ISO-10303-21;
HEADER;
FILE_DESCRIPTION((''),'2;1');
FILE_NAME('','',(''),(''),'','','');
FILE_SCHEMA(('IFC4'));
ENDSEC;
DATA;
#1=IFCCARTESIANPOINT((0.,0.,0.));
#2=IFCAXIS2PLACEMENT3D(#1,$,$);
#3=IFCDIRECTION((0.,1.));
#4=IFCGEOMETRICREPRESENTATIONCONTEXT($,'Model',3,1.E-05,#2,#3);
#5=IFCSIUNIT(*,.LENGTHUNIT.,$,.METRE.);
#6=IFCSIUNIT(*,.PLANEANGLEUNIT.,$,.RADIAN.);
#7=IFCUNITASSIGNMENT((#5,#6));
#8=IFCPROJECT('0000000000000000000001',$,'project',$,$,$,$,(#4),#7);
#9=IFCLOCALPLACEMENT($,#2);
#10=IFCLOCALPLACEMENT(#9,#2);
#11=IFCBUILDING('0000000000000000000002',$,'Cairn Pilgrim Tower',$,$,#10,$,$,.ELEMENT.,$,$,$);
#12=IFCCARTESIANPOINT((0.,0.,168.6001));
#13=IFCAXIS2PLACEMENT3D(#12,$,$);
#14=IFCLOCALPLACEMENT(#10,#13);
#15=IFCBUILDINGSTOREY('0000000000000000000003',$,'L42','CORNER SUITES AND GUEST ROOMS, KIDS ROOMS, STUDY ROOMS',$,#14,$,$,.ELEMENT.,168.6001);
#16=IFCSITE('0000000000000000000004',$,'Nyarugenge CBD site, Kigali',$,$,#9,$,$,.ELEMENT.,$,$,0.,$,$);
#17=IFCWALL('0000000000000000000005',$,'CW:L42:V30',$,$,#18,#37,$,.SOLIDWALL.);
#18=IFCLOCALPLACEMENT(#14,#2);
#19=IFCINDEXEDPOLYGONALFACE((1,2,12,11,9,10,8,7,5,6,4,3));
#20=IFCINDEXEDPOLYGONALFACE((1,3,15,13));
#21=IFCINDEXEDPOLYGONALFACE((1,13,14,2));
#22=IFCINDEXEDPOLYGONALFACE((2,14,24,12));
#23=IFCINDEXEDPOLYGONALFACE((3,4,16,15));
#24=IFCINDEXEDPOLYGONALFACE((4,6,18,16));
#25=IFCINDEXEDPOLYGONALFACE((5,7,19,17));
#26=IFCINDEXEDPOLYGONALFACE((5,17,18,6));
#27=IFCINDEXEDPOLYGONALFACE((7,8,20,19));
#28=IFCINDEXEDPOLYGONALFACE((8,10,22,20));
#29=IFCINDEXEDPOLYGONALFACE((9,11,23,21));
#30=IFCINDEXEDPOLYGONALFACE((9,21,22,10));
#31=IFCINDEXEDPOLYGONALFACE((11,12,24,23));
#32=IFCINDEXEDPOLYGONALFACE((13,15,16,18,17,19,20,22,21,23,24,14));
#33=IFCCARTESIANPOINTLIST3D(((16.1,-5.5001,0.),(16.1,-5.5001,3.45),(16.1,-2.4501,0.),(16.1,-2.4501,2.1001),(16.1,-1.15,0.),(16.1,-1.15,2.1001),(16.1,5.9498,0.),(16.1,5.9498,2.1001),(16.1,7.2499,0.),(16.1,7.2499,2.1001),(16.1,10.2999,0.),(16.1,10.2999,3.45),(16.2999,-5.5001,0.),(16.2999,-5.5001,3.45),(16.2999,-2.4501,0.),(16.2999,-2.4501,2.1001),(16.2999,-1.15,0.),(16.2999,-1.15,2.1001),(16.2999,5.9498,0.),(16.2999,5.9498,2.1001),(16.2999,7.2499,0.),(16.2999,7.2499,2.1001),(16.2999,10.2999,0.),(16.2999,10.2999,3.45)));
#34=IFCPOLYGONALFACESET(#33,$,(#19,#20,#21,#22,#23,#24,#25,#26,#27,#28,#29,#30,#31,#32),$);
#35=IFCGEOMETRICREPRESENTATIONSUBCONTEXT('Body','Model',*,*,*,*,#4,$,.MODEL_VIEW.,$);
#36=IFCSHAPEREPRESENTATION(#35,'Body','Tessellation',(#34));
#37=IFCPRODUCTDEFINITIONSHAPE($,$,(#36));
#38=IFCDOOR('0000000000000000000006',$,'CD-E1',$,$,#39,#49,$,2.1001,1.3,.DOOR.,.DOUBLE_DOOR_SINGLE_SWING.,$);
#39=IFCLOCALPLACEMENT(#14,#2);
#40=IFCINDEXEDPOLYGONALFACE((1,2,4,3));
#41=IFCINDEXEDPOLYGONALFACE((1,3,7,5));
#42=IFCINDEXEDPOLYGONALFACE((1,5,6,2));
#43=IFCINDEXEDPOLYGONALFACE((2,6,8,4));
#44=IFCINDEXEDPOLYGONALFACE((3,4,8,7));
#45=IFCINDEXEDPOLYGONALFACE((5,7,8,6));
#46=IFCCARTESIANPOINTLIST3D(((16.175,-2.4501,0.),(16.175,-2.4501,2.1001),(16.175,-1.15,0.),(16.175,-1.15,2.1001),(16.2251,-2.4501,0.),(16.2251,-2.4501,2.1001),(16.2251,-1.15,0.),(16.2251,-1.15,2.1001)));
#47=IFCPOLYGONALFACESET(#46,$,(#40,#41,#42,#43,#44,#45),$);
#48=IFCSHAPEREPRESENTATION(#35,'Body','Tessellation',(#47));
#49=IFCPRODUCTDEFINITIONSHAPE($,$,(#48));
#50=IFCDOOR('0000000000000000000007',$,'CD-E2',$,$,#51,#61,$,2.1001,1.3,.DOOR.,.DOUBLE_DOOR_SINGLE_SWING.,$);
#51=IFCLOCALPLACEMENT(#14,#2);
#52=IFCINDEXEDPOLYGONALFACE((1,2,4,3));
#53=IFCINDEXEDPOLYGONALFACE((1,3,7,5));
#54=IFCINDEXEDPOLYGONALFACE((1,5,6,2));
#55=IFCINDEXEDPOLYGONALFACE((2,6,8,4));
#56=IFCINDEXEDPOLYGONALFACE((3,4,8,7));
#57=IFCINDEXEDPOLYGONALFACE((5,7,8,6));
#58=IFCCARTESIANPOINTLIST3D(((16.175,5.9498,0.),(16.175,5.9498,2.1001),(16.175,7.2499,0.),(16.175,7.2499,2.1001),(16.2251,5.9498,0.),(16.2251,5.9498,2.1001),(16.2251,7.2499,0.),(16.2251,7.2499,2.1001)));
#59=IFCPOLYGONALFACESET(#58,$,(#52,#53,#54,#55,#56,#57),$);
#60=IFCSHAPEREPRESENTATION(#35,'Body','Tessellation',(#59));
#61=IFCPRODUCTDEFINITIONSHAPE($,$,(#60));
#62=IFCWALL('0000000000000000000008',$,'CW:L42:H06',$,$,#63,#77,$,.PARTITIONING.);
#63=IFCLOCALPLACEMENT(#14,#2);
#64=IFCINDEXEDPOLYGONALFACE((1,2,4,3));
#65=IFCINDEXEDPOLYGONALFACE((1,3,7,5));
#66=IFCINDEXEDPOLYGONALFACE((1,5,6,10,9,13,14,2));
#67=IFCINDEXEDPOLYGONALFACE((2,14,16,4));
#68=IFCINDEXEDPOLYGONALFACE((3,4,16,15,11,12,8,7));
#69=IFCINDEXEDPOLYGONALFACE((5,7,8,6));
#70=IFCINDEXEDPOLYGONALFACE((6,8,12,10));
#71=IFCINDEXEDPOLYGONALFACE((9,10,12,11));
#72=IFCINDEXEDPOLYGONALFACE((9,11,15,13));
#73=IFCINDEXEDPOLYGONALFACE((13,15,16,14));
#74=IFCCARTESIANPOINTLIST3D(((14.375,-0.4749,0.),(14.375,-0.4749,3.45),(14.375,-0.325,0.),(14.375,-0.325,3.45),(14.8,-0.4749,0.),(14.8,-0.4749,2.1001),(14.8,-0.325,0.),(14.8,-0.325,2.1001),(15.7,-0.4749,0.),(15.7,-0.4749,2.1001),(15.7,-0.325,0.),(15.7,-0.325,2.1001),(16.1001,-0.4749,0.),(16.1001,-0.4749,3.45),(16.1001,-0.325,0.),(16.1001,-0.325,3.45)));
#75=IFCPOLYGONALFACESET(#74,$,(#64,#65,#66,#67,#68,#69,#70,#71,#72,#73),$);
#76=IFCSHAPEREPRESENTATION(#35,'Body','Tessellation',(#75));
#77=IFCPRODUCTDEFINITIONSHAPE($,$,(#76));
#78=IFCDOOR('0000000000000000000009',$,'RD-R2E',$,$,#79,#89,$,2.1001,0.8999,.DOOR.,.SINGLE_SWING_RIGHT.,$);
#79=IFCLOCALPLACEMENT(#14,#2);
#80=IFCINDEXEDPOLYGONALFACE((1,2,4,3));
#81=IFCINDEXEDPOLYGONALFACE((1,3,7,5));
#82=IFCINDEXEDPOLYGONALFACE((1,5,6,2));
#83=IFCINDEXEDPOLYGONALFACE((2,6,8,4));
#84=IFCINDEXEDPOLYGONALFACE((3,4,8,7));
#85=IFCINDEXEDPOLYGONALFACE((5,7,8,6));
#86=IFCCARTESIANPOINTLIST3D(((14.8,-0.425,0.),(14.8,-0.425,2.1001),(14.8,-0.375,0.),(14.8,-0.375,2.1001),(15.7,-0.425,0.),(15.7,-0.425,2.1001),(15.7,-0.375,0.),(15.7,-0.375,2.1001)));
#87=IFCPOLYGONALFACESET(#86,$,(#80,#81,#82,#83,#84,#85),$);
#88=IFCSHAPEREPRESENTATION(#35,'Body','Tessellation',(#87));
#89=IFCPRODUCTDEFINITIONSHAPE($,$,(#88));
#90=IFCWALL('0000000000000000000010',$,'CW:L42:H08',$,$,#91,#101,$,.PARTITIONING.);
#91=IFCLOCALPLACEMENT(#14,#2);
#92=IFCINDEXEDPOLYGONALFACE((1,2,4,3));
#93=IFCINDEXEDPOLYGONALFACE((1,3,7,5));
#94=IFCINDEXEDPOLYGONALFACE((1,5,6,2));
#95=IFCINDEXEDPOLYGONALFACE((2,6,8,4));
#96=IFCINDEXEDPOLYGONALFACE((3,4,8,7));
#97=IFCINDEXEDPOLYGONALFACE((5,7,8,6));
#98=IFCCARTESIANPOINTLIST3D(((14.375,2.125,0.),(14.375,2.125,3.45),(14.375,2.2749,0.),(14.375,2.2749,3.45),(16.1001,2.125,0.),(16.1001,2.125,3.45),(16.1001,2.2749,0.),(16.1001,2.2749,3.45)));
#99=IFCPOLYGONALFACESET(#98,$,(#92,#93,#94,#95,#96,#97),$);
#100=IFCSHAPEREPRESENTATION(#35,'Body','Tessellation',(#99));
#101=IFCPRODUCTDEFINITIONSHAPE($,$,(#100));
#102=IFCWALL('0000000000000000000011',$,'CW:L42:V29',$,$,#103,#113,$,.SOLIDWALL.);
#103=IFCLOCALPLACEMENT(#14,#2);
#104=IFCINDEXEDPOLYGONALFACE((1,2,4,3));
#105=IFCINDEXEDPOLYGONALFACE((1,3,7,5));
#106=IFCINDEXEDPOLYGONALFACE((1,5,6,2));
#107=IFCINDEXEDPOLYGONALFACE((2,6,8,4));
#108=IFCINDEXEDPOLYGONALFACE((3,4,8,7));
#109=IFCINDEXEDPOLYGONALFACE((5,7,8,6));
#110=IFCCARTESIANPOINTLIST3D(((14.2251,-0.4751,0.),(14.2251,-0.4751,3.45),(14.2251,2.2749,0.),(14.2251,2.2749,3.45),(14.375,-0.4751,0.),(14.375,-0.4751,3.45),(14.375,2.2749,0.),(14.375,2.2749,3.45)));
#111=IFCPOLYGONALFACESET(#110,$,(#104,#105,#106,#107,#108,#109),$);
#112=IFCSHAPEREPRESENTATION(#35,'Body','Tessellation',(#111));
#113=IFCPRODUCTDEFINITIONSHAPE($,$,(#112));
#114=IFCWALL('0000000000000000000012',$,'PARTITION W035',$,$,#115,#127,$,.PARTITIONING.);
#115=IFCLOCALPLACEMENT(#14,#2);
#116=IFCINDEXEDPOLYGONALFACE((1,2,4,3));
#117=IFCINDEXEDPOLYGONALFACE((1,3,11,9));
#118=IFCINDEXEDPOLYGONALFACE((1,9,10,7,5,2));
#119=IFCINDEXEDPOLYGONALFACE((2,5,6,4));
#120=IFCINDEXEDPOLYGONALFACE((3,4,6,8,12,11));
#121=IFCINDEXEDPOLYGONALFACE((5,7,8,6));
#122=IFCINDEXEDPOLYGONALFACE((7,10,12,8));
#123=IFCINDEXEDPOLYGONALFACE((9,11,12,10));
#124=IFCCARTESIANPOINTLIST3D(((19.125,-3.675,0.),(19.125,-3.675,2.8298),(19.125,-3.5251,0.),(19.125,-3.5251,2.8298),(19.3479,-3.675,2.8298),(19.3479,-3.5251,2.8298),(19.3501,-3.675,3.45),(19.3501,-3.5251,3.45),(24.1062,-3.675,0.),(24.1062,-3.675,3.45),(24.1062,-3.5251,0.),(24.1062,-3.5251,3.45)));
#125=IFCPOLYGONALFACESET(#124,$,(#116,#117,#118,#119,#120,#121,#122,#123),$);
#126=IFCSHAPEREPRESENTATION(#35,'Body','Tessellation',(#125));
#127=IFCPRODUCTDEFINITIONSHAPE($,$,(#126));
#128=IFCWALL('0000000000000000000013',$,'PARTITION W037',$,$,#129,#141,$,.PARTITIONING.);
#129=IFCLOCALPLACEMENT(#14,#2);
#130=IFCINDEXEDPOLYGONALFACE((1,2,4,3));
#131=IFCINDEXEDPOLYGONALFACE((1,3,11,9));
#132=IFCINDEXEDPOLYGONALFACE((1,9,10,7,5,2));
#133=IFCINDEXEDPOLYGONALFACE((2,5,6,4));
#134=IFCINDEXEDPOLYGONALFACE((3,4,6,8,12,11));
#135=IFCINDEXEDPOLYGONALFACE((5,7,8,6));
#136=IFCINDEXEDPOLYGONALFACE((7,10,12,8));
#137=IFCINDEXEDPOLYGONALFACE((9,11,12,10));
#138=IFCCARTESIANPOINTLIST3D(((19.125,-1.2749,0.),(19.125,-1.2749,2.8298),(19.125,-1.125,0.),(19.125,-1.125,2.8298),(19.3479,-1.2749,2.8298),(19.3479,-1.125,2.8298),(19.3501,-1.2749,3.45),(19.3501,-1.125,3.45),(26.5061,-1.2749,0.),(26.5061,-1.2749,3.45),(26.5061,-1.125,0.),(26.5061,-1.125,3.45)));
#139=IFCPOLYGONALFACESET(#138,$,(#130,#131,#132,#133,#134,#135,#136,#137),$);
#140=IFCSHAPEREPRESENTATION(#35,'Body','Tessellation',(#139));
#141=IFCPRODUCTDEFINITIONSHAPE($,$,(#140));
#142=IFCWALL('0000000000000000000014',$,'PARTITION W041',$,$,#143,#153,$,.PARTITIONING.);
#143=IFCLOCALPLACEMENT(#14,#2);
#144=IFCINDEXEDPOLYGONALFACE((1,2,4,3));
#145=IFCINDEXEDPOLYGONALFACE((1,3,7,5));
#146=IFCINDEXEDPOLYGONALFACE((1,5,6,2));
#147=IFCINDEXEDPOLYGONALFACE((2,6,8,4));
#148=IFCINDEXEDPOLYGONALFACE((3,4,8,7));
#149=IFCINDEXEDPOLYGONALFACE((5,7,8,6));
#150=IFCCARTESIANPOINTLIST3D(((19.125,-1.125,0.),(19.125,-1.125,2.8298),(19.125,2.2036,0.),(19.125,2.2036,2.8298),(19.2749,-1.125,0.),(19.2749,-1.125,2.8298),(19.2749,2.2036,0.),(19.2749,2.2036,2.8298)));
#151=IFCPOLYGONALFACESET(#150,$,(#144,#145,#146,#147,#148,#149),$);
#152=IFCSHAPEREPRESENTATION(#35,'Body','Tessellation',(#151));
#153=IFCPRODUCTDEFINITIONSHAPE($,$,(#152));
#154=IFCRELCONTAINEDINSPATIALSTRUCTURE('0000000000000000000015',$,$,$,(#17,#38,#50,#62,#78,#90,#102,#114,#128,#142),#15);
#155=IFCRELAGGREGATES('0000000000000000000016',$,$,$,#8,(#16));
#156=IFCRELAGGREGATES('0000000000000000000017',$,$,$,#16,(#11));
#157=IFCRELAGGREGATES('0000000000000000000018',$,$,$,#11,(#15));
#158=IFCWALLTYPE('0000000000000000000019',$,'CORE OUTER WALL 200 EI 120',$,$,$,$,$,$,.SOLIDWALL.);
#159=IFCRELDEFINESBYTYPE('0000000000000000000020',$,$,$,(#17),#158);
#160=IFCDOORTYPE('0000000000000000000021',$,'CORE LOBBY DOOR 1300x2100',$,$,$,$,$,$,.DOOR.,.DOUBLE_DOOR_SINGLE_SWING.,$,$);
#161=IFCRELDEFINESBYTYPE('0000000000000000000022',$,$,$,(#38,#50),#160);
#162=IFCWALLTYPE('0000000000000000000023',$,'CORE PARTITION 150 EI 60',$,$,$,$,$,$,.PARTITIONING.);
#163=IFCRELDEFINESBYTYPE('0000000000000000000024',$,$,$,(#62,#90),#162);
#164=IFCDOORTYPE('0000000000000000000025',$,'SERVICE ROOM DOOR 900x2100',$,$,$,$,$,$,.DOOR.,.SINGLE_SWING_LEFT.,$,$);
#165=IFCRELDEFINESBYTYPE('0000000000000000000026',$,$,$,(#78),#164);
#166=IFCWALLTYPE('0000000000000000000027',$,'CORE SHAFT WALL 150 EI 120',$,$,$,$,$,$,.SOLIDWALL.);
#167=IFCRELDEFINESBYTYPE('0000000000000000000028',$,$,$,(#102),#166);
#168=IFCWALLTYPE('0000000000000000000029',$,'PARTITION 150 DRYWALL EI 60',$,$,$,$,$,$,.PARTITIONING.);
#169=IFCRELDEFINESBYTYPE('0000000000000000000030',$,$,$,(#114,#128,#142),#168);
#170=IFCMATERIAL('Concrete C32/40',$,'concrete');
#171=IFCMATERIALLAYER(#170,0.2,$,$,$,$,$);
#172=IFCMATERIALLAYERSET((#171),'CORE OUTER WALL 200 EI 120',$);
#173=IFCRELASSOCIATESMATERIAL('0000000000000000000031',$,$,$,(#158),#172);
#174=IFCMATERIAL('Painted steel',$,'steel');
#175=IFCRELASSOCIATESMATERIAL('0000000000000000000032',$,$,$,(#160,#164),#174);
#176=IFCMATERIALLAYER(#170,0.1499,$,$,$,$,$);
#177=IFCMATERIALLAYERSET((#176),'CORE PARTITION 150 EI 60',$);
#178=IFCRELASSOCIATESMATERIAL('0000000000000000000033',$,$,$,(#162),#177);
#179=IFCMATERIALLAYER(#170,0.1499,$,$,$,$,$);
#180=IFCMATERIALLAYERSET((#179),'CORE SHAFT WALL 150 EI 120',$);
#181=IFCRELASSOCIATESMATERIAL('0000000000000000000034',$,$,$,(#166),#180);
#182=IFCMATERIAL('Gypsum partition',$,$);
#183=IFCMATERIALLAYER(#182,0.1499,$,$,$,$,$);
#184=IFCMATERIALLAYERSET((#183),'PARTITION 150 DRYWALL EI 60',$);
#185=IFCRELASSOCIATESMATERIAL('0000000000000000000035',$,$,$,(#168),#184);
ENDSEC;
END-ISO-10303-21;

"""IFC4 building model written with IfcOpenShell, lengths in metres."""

from ifc_helpers import new_model, si_unit, direction, frame, frame_2d, origin, place, context, subcontext, project, spatial, polyline, rectangle, outline, extrude, material, layer, layer_set, type_object, element, fill, save


model = new_model("IFC4")

# Units and contexts
model_context = context("Model", 3, precision=1e-05, world=origin(), true_north=direction((0.0, 1.0)))
body_context = subcontext(model_context, "Body", "Model", "MODEL_VIEW")
ifc_project = project(units=[si_unit("LENGTHUNIT", "METRE"), si_unit("PLANEANGLEUNIT", "RADIAN")], contexts=[model_context])

# Site, building, storey
site_placement = place(None, origin())
site = spatial("IfcSite", under=ifc_project, at=site_placement, Name="Nyarugenge CBD site, Kigali", CompositionType="ELEMENT", RefElevation=0.0)
building_placement = place(site_placement, origin())
building = spatial("IfcBuilding", under=site, at=building_placement, Name="Cairn Pilgrim Tower", CompositionType="ELEMENT")
storey_placement = place(building_placement, frame((0.0, 0.0, 168.6001)))
storey = spatial("IfcBuildingStorey", under=building, at=storey_placement, Name="L42", Description="CORNER SUITES AND GUEST ROOMS, KIDS ROOMS, STUDY ROOMS", CompositionType="ELEMENT", Elevation=168.6001)

# Wall, openings, doors
ifc_material_1 = material(Name="Concrete C32/40", Category="concrete")
ifc_layer_1 = layer(ifc_material_1, 0.2)
ifc_layer_set_1 = layer_set([ifc_layer_1], Name="CORE OUTER WALL 200 EI 120")
wall_type_1 = type_object("IfcWallType", Name="CORE OUTER WALL 200 EI 120", PredefinedType="SOLIDWALL", material=ifc_layer_set_1)
wall_1_placement = place(storey_placement, frame((16.2, -5.5, 0.0), z_axis=(0.0, 0.0, 1.0), x_axis=(0.0, 1.0, 0.0)))
wall_1 = element("IfcWall", 1, at=wall_1_placement, inside=storey, type_object=wall_type_1, Name="CW:L42:V30", PredefinedType="SOLIDWALL", context=body_context, shape_type="SweptSolid", body=[
    extrude(rectangle(XDim=15.8, YDim=0.2, at=frame_2d((7.8999, 0.0))), origin(), (0.0, 0.0, 1.0), 3.45),
])
opening_1_placement = place(wall_1_placement, frame((3.05, 0.0, 0.0)))
opening_1 = element("IfcOpeningElement", 2, at=opening_1_placement, cuts=wall_1, PredefinedType="OPENING", context=body_context, shape_type="SweptSolid", body=[
    extrude(rectangle(XDim=1.3, YDim=2.1001, at=frame_2d((0.6499, 1.05))), frame((0.0, 0.1099, 0.0), z_axis=(0.0, -1.0, 0.0), x_axis=(1.0, 0.0, 0.0)), (0.0, 0.0, 1.0), 0.22),
])
opening_2_placement = place(wall_1_placement, frame((11.45, 0.0, 0.0)))
opening_2 = element("IfcOpeningElement", 3, at=opening_2_placement, cuts=wall_1, PredefinedType="OPENING", context=body_context, shape_type="SweptSolid", body=[
    extrude(rectangle(XDim=1.3, YDim=2.1001, at=frame_2d((0.6499, 1.05))), frame((0.0, 0.1099, 0.0), z_axis=(0.0, -1.0, 0.0), x_axis=(1.0, 0.0, 0.0)), (0.0, 0.0, 1.0), 0.22),
])
ifc_material_2 = material(Name="Painted steel", Category="steel")
door_type_1 = type_object("IfcDoorType", Name="CORE LOBBY DOOR 1300x2100", OperationType="DOUBLE_DOOR_SINGLE_SWING", PredefinedType="DOOR", material=ifc_material_2)
door_1_placement = place(opening_1_placement, origin())
door_1 = element("IfcDoor", 4, at=door_1_placement, inside=storey, type_object=door_type_1, Name="CD-E1", OperationType="DOUBLE_DOOR_SINGLE_SWING", OverallHeight=2.1001, OverallWidth=1.3, PredefinedType="DOOR", context=body_context, shape_type="SweptSolid", body=[
    extrude(rectangle(XDim=1.3, YDim=2.1001, at=frame_2d((0.6499, 1.05))), frame((0.0, 0.0249, 0.0), z_axis=(0.0, -1.0, 0.0), x_axis=(1.0, 0.0, 0.0)), (0.0, 0.0, 1.0), 0.05),
])
fill(opening_1, door_1)
door_2_placement = place(opening_2_placement, origin())
door_2 = element("IfcDoor", 5, at=door_2_placement, inside=storey, type_object=door_type_1, Name="CD-E2", OperationType="DOUBLE_DOOR_SINGLE_SWING", OverallHeight=2.1001, OverallWidth=1.3, PredefinedType="DOOR", context=body_context, shape_type="SweptSolid", body=[
    extrude(rectangle(XDim=1.3, YDim=2.1001, at=frame_2d((0.6499, 1.05))), frame((0.0, 0.0249, 0.0), z_axis=(0.0, -1.0, 0.0), x_axis=(1.0, 0.0, 0.0)), (0.0, 0.0, 1.0), 0.05),
])
fill(opening_2, door_2)

# Wall, opening, door
ifc_layer_2 = layer(ifc_material_1, 0.1499)
ifc_layer_set_2 = layer_set([ifc_layer_2], Name="CORE PARTITION 150 EI 60")
wall_type_2 = type_object("IfcWallType", Name="CORE PARTITION 150 EI 60", PredefinedType="PARTITIONING", material=ifc_layer_set_2)
wall_2_placement = place(storey_placement, frame((14.375, -0.3999, 0.0), z_axis=(0.0, 0.0, 1.0), x_axis=(1.0, 0.0, 0.0)))
wall_2 = element("IfcWall", 6, at=wall_2_placement, inside=storey, type_object=wall_type_2, Name="CW:L42:H06", PredefinedType="PARTITIONING", context=body_context, shape_type="SweptSolid", body=[
    extrude(rectangle(XDim=1.7251, YDim=0.1499, at=frame_2d((0.8625, 0.0))), origin(), (0.0, 0.0, 1.0), 3.45),
])
opening_3_placement = place(wall_2_placement, frame((0.425, 0.0, 0.0)))
opening_3 = element("IfcOpeningElement", 7, at=opening_3_placement, cuts=wall_2, PredefinedType="OPENING", context=body_context, shape_type="SweptSolid", body=[
    extrude(rectangle(XDim=0.8999, YDim=2.1001, at=frame_2d((0.45, 1.05))), frame((0.0, 0.085, 0.0), z_axis=(0.0, -1.0, 0.0), x_axis=(1.0, 0.0, 0.0)), (0.0, 0.0, 1.0), 0.1699),
])
door_type_2 = type_object("IfcDoorType", Name="SERVICE ROOM DOOR 900x2100", OperationType="SINGLE_SWING_LEFT", PredefinedType="DOOR", material=ifc_material_2)
door_3_placement = place(opening_3_placement, origin())
door_3 = element("IfcDoor", 8, at=door_3_placement, inside=storey, type_object=door_type_2, Name="RD-R2E", OperationType="SINGLE_SWING_RIGHT", OverallHeight=2.1001, OverallWidth=0.8999, PredefinedType="DOOR", context=body_context, shape_type="SweptSolid", body=[
    extrude(rectangle(XDim=0.8999, YDim=2.1001, at=frame_2d((0.45, 1.05))), frame((0.0, 0.0249, 0.0), z_axis=(0.0, -1.0, 0.0), x_axis=(1.0, 0.0, 0.0)), (0.0, 0.0, 1.0), 0.05),
])
fill(opening_3, door_3)

# Walls
wall_3_placement = place(storey_placement, frame((14.375, 2.2, 0.0), z_axis=(0.0, 0.0, 1.0), x_axis=(1.0, 0.0, 0.0)))
element("IfcWall", 9, at=wall_3_placement, inside=storey, type_object=wall_type_2, Name="CW:L42:H08", PredefinedType="PARTITIONING", context=body_context, shape_type="SweptSolid", body=[
    extrude(rectangle(XDim=1.7251, YDim=0.1499, at=frame_2d((0.8625, 0.0))), origin(), (0.0, 0.0, 1.0), 3.45),
])
ifc_layer_3 = layer(ifc_material_1, 0.1499)
ifc_layer_set_3 = layer_set([ifc_layer_3], Name="CORE SHAFT WALL 150 EI 120")
wall_type_3 = type_object("IfcWallType", Name="CORE SHAFT WALL 150 EI 120", PredefinedType="SOLIDWALL", material=ifc_layer_set_3)
wall_4_placement = place(storey_placement, frame((14.3, -0.4751, 0.0), z_axis=(0.0, 0.0, 1.0), x_axis=(0.0, 1.0, 0.0)))
element("IfcWall", 10, at=wall_4_placement, inside=storey, type_object=wall_type_3, Name="CW:L42:V29", PredefinedType="SOLIDWALL", context=body_context, shape_type="SweptSolid", body=[
    extrude(rectangle(XDim=2.75, YDim=0.1499, at=frame_2d((1.375, 0.0))), origin(), (0.0, 0.0, 1.0), 3.45),
])
ifc_material_3 = material(Name="Gypsum partition")
ifc_layer_4 = layer(ifc_material_3, 0.1499)
ifc_layer_set_4 = layer_set([ifc_layer_4], Name="PARTITION 150 DRYWALL EI 60")
wall_type_4 = type_object("IfcWallType", Name="PARTITION 150 DRYWALL EI 60", PredefinedType="PARTITIONING", material=ifc_layer_set_4)
wall_5_placement = place(storey_placement, frame((19.125, -3.6001, 0.0), z_axis=(0.0, 0.0, 1.0), x_axis=(1.0, 0.0, 0.0)))
element("IfcWall", 11, at=wall_5_placement, inside=storey, type_object=wall_type_4, Name="PARTITION W035", PredefinedType="PARTITIONING", context=body_context, shape_type="SweptSolid", body=[
    extrude(outline(polyline([(0.0, 0.0), (4.9812, 0.0), (4.9812, 3.45), (0.2251, 3.45), (0.2229, 2.8298), (0.0, 2.8298), (0.0, 0.0)])), frame((0.0, 0.075, 0.0), z_axis=(0.0, -1.0, 0.0), x_axis=(1.0, 0.0, 0.0)), (0.0, 0.0, 1.0), 0.1499),
])
wall_6_placement = place(storey_placement, frame((19.125, -1.2, 0.0), z_axis=(0.0, 0.0, 1.0), x_axis=(1.0, 0.0, 0.0)))
element("IfcWall", 12, at=wall_6_placement, inside=storey, type_object=wall_type_4, Name="PARTITION W037", PredefinedType="PARTITIONING", context=body_context, shape_type="SweptSolid", body=[
    extrude(outline(polyline([(0.0, 0.0), (7.3811, 0.0), (7.3811, 3.45), (0.2251, 3.45), (0.2229, 2.8298), (0.0, 2.8298), (0.0, 0.0)])), frame((0.0, 0.075, 0.0), z_axis=(0.0, -1.0, 0.0), x_axis=(1.0, 0.0, 0.0)), (0.0, 0.0, 1.0), 0.1499),
])
wall_7_placement = place(storey_placement, frame((19.2, -1.125, 0.0), z_axis=(0.0, 0.0, 1.0), x_axis=(0.0, 1.0, 0.0)))
element("IfcWall", 13, at=wall_7_placement, inside=storey, type_object=wall_type_4, Name="PARTITION W041", PredefinedType="PARTITIONING", context=body_context, shape_type="SweptSolid", body=[
    extrude(rectangle(XDim=3.3286, YDim=0.1499, at=frame_2d((1.6643, 0.0))), origin(), (0.0, 0.0, 1.0), 2.8298),
])

save(model, "model.ifc")
